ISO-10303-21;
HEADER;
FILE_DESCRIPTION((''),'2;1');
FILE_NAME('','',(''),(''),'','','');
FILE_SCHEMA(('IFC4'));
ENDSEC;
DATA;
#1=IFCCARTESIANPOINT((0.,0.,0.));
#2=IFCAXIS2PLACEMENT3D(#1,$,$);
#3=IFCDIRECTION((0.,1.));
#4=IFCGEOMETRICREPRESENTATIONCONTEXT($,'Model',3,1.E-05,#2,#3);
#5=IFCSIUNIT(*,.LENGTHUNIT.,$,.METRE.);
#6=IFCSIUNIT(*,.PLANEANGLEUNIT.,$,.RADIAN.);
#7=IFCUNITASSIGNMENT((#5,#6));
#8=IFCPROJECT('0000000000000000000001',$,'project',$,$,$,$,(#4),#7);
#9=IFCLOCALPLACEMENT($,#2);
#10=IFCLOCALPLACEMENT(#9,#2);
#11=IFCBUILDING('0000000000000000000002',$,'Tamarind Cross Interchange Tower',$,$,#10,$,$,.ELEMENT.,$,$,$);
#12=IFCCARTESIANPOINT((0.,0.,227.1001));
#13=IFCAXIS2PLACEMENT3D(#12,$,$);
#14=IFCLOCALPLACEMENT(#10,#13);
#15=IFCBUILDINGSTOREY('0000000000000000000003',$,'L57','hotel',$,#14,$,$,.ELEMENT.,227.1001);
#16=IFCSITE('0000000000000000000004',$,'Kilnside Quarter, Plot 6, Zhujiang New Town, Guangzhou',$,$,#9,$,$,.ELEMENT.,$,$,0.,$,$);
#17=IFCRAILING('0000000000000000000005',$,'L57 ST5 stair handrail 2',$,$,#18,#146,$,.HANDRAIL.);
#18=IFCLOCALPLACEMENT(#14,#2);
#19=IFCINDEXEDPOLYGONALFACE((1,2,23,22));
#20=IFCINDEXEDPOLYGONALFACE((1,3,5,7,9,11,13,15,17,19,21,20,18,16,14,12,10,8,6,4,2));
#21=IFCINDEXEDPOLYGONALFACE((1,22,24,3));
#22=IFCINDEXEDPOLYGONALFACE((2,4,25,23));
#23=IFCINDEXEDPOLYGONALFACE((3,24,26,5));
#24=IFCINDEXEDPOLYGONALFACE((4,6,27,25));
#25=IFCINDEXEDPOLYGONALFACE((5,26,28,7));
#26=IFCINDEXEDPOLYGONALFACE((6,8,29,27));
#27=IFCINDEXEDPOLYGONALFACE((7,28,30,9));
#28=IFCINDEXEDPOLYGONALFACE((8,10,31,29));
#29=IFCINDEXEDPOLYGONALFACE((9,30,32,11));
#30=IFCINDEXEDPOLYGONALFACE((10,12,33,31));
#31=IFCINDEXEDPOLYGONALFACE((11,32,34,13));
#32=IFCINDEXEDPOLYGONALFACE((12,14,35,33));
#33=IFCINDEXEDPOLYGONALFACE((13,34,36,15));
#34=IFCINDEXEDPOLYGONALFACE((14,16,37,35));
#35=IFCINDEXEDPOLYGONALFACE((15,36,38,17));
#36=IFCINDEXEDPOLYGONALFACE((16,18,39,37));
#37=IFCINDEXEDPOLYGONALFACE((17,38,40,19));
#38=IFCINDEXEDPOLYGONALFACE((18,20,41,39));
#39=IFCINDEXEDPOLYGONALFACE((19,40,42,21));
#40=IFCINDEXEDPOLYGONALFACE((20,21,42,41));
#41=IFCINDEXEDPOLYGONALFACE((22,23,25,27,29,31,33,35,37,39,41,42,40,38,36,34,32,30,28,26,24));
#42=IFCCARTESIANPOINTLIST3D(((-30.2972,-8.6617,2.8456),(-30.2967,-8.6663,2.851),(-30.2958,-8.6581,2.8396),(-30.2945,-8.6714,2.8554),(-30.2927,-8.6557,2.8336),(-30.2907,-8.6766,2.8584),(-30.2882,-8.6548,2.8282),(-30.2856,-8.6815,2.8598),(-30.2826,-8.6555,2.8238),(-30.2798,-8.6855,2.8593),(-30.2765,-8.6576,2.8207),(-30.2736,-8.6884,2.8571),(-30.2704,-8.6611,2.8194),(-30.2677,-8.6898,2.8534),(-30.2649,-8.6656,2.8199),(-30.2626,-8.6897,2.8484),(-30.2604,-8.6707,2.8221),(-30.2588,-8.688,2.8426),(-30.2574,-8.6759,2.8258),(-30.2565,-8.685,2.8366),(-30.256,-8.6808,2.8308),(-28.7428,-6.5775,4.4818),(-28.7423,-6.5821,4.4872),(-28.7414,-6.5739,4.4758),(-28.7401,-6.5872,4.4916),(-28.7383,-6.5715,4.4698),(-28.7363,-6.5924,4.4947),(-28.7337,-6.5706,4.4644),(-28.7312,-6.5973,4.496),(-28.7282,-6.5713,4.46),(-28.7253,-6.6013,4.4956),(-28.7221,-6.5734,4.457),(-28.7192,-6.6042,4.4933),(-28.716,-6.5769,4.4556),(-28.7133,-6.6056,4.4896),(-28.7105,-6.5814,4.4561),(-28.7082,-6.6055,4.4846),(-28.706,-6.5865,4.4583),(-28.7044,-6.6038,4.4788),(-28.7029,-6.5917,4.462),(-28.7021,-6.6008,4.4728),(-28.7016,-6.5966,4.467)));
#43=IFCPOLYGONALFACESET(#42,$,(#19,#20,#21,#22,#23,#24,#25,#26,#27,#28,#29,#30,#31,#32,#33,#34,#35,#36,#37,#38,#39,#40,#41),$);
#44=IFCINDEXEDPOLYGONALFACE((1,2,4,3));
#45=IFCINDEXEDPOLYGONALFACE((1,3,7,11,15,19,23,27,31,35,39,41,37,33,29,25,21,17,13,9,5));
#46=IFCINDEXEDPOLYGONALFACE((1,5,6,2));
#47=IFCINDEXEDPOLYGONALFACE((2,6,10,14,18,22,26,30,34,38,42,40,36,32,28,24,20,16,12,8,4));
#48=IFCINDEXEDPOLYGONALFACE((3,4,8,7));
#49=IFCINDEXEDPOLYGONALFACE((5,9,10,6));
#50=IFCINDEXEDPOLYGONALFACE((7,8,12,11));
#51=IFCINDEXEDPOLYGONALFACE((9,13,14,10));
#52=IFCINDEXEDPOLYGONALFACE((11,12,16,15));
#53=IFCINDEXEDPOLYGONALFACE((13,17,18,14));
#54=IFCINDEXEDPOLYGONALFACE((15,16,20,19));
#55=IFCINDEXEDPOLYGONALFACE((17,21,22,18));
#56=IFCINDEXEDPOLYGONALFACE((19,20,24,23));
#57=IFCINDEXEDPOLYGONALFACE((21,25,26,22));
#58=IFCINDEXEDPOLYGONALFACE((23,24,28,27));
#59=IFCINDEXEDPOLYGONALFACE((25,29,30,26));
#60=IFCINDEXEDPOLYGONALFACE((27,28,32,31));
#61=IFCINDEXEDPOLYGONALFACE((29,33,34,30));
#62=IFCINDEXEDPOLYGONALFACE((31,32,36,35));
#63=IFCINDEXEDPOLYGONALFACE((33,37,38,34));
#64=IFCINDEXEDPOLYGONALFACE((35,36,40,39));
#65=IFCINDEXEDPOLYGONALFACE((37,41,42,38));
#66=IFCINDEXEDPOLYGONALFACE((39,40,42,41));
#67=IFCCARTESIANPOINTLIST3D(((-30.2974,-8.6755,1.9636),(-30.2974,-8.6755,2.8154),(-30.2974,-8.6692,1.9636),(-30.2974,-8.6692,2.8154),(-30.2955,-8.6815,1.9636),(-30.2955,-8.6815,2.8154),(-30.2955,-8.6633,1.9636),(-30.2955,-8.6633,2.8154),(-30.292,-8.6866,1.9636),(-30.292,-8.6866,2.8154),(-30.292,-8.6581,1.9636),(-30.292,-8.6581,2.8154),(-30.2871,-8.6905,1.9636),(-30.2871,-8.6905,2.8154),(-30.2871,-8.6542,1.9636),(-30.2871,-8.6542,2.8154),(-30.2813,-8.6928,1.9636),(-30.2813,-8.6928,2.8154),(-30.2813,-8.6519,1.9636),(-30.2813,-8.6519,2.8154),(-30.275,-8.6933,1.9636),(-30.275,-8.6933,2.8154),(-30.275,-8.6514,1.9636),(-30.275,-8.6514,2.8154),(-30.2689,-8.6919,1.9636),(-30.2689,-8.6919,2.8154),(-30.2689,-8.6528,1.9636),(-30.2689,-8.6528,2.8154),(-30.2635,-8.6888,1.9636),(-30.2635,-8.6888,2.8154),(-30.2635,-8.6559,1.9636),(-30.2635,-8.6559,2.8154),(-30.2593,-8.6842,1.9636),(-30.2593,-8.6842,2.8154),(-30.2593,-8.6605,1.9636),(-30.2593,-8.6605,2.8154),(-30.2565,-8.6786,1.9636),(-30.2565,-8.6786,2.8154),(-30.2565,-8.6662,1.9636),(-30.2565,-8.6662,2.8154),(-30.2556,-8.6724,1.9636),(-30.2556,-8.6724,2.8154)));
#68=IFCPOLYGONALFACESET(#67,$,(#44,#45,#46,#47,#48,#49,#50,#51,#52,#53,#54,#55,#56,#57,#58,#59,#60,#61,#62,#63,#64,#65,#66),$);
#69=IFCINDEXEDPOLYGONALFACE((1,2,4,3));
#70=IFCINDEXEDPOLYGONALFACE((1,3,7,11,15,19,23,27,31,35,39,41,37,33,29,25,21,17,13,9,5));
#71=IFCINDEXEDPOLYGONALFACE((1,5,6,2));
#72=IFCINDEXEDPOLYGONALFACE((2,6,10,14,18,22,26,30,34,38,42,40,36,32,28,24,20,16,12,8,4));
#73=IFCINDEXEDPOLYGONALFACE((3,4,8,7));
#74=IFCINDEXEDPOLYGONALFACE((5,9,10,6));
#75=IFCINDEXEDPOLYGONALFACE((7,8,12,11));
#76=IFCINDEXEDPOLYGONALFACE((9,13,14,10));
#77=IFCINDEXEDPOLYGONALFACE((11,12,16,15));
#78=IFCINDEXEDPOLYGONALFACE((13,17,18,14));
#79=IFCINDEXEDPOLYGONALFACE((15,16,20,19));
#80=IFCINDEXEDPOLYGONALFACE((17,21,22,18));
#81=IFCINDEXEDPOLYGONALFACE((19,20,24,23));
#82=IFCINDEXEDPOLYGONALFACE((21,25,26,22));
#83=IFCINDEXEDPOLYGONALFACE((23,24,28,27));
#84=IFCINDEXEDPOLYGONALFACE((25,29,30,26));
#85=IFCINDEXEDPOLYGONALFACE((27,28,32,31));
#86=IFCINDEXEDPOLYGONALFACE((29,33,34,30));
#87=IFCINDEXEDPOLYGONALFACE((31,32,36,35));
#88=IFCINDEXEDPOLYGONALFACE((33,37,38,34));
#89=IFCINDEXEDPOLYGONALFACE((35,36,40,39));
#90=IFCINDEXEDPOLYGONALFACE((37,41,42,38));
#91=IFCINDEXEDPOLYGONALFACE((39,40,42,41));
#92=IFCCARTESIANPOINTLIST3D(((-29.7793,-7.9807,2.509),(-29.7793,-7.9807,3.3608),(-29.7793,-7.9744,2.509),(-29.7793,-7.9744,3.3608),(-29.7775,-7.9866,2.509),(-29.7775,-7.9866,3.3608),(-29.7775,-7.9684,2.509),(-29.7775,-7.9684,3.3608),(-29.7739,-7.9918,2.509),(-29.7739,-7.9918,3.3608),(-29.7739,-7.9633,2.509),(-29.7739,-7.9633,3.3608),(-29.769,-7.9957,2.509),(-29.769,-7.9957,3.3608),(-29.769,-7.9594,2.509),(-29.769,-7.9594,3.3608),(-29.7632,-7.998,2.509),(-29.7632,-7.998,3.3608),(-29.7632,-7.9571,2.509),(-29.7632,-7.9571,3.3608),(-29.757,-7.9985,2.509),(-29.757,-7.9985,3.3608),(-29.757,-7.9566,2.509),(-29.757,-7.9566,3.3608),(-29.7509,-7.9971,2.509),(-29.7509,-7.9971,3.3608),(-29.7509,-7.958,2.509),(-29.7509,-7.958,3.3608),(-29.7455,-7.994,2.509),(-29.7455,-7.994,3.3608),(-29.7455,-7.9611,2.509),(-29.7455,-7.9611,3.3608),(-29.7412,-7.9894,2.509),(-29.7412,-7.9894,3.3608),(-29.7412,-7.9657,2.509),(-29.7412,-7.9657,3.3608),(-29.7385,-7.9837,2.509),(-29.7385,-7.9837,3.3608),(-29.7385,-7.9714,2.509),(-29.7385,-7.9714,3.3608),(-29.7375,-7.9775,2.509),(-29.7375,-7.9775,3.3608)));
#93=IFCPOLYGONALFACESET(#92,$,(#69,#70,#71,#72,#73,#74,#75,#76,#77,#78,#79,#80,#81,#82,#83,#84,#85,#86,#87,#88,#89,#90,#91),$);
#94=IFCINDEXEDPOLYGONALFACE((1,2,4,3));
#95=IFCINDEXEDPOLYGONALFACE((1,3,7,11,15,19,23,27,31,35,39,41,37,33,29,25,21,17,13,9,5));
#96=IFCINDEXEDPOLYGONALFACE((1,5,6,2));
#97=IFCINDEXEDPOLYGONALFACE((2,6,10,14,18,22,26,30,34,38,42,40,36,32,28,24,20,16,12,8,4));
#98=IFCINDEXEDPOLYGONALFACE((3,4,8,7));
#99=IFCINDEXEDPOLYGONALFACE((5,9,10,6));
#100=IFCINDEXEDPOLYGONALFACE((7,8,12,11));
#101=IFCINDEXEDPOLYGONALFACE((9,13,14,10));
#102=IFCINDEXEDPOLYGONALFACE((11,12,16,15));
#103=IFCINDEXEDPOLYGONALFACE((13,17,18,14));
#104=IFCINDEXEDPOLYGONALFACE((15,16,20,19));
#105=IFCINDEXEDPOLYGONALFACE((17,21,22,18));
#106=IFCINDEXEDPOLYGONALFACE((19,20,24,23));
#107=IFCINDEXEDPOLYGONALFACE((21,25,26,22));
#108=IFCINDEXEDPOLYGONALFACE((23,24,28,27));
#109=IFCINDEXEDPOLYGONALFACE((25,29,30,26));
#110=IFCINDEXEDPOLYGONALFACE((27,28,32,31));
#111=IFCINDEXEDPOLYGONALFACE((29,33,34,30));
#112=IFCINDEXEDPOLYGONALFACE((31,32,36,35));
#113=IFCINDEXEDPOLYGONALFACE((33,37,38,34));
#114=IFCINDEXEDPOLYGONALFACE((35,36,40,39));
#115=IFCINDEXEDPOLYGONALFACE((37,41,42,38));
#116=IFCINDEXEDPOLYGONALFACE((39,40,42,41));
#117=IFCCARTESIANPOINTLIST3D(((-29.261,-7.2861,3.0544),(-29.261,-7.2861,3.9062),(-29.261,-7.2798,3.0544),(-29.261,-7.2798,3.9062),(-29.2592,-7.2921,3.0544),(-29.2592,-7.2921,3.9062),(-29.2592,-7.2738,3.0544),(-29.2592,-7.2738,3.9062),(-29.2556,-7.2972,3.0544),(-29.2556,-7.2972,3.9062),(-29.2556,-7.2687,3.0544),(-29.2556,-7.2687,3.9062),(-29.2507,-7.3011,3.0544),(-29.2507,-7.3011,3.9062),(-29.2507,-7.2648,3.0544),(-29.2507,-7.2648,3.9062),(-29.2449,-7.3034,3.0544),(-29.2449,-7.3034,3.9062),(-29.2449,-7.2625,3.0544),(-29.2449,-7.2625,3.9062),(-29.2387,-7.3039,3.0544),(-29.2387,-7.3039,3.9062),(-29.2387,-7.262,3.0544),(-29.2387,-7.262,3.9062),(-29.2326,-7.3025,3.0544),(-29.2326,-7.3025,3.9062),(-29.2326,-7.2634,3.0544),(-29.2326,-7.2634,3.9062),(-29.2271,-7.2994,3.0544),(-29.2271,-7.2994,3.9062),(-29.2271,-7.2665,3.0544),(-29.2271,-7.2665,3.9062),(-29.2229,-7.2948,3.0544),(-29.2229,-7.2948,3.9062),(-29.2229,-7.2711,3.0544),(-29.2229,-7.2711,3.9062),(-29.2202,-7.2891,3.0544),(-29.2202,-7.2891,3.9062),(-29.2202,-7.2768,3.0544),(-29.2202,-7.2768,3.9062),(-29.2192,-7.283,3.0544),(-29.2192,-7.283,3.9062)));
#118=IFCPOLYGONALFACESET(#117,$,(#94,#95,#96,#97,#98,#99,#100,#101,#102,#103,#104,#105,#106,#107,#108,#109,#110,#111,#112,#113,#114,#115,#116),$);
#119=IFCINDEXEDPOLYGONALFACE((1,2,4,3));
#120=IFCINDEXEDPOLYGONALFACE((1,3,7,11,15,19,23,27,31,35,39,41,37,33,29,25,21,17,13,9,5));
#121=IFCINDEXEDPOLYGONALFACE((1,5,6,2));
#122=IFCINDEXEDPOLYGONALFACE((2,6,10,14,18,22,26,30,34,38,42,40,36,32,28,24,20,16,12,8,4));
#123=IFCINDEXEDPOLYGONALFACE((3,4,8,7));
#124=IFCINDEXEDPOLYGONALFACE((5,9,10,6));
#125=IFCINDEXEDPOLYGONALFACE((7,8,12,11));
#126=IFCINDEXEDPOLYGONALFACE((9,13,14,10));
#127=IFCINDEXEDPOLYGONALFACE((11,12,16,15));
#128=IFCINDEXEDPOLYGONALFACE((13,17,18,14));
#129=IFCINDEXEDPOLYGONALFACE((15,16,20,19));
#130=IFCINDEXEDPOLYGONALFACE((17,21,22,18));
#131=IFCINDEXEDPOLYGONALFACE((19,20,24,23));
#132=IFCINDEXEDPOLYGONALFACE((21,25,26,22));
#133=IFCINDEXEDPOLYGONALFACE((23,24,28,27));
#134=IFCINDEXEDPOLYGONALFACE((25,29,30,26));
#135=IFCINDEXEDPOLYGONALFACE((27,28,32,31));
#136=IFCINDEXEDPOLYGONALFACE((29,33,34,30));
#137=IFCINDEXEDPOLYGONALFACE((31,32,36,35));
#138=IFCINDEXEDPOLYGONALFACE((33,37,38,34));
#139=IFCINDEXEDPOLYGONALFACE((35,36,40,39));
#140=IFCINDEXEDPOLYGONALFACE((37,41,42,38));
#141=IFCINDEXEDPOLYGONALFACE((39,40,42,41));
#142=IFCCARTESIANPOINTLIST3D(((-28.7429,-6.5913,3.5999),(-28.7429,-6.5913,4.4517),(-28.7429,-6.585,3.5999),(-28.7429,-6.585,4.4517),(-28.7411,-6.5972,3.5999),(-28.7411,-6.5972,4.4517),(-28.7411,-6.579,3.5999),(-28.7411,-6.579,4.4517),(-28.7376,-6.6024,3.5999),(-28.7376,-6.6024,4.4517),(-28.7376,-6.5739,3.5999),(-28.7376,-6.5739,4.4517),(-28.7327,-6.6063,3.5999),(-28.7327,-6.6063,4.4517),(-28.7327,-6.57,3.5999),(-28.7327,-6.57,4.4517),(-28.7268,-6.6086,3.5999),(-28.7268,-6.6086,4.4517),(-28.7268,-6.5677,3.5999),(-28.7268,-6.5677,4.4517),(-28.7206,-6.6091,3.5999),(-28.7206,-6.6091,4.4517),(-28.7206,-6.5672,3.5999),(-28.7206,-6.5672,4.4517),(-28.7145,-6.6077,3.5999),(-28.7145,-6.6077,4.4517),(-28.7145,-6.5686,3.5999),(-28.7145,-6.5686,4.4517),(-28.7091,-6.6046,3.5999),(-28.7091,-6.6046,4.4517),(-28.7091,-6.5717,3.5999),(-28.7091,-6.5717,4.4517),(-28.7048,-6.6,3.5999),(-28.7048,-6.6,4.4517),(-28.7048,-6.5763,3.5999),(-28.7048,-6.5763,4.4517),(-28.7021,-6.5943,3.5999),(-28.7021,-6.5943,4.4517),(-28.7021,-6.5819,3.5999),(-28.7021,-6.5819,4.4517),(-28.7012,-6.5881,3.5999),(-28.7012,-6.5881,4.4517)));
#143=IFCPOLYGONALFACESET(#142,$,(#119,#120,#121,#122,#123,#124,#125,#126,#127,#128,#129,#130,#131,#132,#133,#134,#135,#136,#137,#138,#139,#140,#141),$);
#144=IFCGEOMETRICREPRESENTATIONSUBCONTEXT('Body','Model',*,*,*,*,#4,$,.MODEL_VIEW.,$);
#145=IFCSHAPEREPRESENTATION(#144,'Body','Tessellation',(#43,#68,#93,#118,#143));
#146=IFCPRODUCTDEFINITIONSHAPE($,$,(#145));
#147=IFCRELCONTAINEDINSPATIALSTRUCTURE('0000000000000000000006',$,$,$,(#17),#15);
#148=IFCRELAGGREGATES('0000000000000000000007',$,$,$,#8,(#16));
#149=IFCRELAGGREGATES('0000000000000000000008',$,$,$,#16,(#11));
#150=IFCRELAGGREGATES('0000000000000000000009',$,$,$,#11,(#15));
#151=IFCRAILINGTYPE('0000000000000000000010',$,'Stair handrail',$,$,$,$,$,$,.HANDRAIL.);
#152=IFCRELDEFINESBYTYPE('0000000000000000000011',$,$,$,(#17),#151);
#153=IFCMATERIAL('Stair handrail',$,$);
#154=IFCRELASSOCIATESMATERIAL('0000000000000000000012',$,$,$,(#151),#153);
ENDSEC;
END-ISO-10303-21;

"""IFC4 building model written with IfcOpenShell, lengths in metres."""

from ifc_helpers import new_model, si_unit, direction, frame, origin, origin_2d, place, context, subcontext, project, spatial, circle, extrude, material, type_object, element, save


model = new_model("IFC4")

# Units and contexts
model_context = context("Model", 3, precision=1e-05, world=origin(), true_north=direction((0.0, 1.0)))
body_context = subcontext(model_context, "Body", "Model", "MODEL_VIEW")
ifc_project = project(units=[si_unit("LENGTHUNIT", "METRE"), si_unit("PLANEANGLEUNIT", "RADIAN")], contexts=[model_context])

# Site, building, storey
site_placement = place(None, origin())
site = spatial("IfcSite", under=ifc_project, at=site_placement, Name="Kilnside Quarter, Plot 6, Zhujiang New Town, Guangzhou", CompositionType="ELEMENT", RefElevation=0.0)
building_placement = place(site_placement, origin())
building = spatial("IfcBuilding", under=site, at=building_placement, Name="Tamarind Cross Interchange Tower", CompositionType="ELEMENT")
storey_placement = place(building_placement, frame((0.0, 0.0, 227.1001)))
storey = spatial("IfcBuildingStorey", under=building, at=storey_placement, Name="L57", Description="hotel", CompositionType="ELEMENT", Elevation=227.1001)

# Railing
ifc_material_1 = material(Name="Stair handrail")
railing_type_1 = type_object("IfcRailingType", Name="Stair handrail", PredefinedType="HANDRAIL", material=ifc_material_1)
railing_1_placement = place(storey_placement, frame((-30.2766, -8.6724, 1.9636)))
element("IfcRailing", 1, at=railing_1_placement, inside=storey, type_object=railing_type_1, Name="L57 ST5 stair handrail 2", PredefinedType="HANDRAIL", context=body_context, shape_type="SweptSolid", body=[
    extrude(circle(Radius=0.0239, at=origin_2d()), frame((0.0, 0.0, 0.876), z_axis=(0.505994, 0.678447, 0.532617), x_axis=(-0.801608, 0.597849, 0.0)), (0.0, 0.0, 1.0), 3.072),
    extrude(circle(Radius=0.021, at=origin_2d()), origin(), (0.0, 0.0, 1.0), 0.8518),
    extrude(circle(Radius=0.021, at=origin_2d()), frame((0.5181, 0.6948, 0.5454)), (0.0, 0.0, 1.0), 0.8518),
    extrude(circle(Radius=0.021, at=origin_2d()), frame((1.0364, 1.3894, 1.0908)), (0.0, 0.0, 1.0), 0.8518),
    extrude(circle(Radius=0.021, at=origin_2d()), frame((1.5544, 2.0842, 1.6362)), (0.0, 0.0, 1.0), 0.8518),
])

save(model, "model.ifc")
